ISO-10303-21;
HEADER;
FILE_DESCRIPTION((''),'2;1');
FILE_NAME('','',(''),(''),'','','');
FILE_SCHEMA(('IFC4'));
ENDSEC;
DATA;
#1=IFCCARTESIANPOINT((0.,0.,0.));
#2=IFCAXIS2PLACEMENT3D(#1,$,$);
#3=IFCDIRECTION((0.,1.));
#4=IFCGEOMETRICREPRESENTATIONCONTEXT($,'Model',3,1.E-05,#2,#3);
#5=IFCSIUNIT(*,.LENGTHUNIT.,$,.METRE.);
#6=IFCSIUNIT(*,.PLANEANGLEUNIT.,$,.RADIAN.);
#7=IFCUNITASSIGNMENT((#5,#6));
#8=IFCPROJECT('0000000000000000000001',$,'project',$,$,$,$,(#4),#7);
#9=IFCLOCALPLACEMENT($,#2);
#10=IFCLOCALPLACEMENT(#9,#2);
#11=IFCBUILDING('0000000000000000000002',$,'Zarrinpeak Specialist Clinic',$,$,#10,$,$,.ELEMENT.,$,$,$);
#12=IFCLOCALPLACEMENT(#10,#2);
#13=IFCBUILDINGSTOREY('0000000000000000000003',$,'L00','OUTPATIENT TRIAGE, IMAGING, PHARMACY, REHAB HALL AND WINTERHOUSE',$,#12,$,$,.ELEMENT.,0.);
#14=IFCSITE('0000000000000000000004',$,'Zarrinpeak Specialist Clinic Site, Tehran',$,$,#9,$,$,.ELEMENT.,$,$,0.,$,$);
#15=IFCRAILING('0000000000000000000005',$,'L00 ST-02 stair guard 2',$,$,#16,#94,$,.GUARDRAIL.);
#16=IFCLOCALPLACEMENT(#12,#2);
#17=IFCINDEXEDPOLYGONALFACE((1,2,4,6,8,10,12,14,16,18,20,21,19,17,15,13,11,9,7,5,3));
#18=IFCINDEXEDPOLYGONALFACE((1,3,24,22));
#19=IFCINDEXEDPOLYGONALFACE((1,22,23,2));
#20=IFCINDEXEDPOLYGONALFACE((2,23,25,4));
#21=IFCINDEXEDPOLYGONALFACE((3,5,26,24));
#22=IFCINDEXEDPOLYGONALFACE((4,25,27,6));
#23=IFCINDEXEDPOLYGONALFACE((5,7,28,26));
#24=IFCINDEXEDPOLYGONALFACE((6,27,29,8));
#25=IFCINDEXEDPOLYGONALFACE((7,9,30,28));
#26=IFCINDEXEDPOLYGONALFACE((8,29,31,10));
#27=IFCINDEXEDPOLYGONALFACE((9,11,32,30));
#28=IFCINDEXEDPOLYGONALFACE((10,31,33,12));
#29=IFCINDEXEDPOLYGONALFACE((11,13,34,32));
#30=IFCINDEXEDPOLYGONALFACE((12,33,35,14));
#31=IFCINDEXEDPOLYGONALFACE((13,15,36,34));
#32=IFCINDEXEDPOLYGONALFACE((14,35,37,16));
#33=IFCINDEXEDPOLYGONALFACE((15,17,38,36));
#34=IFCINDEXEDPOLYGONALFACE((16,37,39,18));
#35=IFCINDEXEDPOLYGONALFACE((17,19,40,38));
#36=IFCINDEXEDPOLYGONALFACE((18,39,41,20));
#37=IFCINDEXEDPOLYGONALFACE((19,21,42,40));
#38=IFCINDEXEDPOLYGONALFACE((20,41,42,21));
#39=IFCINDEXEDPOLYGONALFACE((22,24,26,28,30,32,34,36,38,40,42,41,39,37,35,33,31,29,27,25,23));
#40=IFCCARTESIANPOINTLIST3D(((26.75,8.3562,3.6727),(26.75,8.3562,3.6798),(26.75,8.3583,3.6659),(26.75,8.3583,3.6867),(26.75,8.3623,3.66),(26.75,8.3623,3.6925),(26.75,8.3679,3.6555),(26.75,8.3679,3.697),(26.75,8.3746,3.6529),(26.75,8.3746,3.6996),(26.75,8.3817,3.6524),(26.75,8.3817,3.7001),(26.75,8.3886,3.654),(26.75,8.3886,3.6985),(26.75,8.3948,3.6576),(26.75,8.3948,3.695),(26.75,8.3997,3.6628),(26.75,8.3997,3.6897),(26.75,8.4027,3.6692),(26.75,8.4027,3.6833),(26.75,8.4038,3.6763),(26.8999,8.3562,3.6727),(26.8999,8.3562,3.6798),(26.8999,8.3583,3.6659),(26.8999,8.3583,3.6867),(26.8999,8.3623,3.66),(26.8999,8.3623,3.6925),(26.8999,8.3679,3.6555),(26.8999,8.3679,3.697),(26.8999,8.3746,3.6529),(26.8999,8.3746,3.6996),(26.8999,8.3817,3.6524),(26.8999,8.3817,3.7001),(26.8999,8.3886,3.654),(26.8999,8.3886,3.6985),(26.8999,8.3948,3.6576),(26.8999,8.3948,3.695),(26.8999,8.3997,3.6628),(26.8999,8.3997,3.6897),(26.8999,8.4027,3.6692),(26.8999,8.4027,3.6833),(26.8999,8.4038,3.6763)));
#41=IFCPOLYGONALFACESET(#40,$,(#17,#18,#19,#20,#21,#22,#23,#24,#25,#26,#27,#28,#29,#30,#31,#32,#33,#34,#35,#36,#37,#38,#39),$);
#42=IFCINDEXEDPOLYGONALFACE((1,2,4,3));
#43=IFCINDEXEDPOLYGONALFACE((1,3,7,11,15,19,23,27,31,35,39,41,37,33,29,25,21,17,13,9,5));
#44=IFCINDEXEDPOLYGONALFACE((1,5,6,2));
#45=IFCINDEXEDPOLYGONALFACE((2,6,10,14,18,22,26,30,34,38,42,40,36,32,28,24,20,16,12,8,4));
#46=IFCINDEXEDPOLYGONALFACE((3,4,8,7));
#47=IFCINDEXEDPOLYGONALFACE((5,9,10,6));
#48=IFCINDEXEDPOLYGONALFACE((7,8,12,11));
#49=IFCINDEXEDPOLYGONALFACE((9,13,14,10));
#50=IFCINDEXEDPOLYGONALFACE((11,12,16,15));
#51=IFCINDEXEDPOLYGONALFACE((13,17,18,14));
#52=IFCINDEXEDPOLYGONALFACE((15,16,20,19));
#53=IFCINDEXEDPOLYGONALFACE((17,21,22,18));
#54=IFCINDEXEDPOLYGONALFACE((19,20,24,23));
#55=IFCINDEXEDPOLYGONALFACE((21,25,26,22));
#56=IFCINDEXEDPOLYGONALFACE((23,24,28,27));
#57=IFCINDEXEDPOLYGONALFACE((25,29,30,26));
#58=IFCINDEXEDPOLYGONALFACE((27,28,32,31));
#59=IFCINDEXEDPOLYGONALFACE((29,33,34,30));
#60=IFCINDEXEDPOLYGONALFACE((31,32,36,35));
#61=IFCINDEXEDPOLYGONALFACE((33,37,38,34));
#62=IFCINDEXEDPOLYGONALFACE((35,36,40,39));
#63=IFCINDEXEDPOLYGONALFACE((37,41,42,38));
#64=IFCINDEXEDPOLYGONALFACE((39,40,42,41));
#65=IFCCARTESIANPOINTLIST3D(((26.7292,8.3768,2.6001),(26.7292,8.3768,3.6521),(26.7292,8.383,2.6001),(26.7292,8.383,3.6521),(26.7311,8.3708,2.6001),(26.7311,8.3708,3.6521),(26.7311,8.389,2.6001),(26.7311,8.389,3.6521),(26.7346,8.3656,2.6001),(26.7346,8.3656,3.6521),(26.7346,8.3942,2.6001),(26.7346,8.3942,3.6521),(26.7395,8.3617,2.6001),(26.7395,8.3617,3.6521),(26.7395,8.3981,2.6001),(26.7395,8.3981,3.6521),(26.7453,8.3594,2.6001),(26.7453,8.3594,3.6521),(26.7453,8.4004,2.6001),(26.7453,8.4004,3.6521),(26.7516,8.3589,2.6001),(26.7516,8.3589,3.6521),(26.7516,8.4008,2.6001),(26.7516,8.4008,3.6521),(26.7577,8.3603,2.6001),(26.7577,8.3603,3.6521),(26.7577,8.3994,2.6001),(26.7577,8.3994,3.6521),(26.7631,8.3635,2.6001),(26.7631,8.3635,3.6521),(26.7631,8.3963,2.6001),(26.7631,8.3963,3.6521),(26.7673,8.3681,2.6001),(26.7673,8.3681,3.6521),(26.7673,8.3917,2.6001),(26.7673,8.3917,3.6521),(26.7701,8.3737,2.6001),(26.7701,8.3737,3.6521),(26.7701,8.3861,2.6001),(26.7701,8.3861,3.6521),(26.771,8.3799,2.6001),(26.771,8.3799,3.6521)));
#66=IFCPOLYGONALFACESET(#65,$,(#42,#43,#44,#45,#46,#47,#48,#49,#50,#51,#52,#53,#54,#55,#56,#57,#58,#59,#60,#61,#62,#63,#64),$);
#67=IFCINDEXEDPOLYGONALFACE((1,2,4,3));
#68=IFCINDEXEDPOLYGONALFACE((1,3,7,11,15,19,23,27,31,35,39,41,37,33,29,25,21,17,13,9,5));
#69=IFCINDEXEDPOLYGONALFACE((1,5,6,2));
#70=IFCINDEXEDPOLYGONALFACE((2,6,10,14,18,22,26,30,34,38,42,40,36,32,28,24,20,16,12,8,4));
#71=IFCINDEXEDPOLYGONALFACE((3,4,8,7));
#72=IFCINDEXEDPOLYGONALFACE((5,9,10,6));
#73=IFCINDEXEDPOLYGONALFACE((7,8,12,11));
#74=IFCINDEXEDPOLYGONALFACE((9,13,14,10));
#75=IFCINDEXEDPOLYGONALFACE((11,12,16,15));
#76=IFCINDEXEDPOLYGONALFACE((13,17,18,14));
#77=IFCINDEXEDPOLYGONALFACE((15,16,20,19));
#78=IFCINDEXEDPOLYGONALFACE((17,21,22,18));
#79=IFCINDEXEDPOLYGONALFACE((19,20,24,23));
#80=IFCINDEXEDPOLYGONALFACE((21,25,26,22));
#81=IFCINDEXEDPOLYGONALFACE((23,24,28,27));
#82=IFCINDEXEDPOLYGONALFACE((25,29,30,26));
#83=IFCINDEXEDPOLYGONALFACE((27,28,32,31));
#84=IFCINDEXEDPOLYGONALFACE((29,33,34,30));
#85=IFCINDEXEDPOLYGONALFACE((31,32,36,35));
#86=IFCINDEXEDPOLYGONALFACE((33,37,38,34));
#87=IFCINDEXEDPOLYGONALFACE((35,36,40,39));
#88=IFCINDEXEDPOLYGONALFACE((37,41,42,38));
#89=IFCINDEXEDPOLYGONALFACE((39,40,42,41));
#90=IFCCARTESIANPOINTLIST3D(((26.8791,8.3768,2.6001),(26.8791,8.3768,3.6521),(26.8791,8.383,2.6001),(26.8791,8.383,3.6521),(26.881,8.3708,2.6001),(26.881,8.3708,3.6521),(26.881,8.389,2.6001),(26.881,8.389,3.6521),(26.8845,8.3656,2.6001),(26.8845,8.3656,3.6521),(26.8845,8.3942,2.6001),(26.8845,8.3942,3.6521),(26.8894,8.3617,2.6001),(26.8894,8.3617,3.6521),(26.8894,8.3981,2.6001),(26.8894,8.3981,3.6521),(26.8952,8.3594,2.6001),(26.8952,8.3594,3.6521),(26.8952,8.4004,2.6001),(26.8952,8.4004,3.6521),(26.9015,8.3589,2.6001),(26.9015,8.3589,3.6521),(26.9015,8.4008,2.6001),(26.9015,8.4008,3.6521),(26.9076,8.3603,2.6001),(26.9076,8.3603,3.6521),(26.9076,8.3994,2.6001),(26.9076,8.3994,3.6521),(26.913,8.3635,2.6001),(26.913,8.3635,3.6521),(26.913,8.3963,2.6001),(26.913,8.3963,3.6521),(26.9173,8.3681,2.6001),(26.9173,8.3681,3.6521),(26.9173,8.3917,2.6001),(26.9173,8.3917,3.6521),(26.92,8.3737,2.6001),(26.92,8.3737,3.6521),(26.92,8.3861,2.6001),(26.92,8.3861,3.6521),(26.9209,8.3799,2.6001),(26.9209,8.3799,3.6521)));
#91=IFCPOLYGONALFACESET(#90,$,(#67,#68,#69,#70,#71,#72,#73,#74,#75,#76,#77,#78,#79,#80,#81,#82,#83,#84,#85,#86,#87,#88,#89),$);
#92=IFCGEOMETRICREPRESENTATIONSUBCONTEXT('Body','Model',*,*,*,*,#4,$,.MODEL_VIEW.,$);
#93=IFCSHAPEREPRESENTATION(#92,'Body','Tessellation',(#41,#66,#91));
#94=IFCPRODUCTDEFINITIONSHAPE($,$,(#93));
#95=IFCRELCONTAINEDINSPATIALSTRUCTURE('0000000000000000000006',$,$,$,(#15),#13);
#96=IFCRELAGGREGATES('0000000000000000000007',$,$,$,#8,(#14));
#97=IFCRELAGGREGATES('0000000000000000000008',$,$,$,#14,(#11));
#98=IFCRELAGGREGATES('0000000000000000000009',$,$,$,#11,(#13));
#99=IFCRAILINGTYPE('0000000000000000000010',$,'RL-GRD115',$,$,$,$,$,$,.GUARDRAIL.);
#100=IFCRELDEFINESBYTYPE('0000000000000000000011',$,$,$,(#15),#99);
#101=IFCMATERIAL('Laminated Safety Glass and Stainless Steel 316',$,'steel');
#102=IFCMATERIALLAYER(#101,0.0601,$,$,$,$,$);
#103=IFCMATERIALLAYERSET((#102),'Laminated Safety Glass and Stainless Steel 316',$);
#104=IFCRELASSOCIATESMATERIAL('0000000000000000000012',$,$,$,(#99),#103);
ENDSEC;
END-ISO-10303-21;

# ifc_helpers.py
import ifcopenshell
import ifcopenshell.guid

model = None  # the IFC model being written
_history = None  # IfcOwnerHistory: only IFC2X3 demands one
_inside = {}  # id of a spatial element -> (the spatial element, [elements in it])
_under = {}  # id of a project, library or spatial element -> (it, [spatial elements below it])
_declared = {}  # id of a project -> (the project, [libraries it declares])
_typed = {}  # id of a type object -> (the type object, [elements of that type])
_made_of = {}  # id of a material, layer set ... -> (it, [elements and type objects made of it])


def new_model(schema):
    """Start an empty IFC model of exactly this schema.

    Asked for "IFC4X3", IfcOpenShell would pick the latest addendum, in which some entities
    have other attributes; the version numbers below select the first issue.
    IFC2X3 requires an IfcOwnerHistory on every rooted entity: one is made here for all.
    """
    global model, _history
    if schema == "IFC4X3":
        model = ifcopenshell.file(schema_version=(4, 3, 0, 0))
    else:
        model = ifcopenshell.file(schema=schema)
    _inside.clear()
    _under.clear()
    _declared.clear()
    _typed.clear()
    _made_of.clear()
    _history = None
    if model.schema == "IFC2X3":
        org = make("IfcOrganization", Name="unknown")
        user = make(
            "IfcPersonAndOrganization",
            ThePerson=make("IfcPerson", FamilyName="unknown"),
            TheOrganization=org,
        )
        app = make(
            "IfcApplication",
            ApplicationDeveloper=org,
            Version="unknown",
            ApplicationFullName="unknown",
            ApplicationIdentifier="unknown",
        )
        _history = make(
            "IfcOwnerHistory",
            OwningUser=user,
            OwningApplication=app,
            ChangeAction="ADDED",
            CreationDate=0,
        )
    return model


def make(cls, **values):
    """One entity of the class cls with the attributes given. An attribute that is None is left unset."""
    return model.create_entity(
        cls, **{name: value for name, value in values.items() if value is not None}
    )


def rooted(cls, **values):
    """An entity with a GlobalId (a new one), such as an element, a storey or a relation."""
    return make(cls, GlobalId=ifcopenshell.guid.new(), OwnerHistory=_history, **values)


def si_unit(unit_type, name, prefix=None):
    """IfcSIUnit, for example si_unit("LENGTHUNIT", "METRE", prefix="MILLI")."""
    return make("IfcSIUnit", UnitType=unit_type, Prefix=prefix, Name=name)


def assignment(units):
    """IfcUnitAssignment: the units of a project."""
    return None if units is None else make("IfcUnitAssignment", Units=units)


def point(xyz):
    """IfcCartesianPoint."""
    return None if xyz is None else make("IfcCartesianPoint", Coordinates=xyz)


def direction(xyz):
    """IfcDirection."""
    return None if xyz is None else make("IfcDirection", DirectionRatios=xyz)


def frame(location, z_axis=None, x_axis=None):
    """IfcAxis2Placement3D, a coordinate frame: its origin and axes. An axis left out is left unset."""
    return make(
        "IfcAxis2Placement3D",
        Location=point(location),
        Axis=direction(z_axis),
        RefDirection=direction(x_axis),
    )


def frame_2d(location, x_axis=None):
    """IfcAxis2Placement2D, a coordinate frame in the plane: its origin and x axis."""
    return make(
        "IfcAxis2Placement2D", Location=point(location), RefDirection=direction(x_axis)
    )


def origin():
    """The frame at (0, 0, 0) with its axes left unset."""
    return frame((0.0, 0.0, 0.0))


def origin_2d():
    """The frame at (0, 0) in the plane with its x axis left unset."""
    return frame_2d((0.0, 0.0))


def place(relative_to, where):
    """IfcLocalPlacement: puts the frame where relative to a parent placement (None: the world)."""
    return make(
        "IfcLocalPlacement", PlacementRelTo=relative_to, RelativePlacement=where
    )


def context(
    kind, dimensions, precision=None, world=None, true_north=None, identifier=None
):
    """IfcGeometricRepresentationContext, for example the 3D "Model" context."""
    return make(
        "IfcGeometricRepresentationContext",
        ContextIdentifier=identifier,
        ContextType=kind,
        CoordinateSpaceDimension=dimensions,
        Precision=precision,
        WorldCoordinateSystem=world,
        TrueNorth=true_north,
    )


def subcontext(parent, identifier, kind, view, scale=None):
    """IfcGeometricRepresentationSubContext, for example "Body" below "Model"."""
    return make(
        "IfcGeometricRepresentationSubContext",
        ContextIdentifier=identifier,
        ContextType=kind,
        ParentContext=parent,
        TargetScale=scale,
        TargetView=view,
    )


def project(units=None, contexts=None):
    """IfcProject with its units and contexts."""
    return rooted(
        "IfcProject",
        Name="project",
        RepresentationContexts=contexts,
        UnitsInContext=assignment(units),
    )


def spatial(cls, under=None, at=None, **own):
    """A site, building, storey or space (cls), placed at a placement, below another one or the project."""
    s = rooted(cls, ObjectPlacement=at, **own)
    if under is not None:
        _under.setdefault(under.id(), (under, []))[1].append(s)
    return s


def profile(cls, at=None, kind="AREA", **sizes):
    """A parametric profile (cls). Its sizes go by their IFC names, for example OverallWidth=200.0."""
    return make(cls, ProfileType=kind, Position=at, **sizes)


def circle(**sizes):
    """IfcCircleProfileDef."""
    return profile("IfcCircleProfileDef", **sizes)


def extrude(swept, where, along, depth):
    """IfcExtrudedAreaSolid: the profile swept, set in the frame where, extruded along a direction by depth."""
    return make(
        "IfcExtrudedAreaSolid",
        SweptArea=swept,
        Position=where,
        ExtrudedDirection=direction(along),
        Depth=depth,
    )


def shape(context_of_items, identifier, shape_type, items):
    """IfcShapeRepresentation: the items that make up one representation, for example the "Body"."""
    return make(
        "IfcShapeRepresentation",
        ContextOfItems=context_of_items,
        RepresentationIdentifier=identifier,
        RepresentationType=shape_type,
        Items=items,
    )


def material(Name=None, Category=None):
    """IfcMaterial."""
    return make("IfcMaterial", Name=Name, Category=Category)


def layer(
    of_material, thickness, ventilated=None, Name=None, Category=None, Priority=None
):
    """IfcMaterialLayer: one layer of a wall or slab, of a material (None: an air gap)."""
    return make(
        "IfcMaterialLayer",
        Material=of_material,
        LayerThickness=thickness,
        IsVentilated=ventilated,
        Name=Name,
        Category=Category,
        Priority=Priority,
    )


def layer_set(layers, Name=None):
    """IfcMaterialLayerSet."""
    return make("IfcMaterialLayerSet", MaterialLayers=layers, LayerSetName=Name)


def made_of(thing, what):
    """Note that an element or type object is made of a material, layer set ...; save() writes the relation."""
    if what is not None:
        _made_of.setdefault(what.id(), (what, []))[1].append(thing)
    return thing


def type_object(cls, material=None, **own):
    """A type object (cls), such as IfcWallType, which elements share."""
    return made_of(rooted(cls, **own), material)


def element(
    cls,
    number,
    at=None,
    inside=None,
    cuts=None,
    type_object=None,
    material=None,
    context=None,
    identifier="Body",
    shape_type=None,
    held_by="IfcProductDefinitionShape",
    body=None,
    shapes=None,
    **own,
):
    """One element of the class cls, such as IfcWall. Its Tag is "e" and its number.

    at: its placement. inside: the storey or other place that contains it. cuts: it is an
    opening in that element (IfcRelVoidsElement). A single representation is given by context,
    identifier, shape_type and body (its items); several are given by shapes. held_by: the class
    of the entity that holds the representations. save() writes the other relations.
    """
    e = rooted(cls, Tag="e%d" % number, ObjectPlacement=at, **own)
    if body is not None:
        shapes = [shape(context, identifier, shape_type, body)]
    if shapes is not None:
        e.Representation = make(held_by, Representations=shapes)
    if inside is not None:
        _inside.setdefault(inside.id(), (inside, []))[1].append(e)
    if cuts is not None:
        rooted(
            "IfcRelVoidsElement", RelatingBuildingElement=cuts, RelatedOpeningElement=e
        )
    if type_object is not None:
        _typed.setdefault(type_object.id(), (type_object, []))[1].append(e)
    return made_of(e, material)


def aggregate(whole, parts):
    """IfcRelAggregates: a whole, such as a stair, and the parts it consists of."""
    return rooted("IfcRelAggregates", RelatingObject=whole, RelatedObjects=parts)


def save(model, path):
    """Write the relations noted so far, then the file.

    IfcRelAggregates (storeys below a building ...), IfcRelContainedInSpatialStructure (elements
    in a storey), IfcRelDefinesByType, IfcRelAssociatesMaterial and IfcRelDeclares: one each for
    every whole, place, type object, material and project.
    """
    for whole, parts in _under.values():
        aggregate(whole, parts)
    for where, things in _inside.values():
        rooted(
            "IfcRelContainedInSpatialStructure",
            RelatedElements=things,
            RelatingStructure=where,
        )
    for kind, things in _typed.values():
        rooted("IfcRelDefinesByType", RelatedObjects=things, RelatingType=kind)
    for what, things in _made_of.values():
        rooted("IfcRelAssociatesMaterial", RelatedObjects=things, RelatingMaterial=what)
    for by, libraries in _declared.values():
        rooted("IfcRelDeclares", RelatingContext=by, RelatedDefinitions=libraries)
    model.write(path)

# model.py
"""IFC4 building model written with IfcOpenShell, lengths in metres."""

from ifc_helpers import new_model, si_unit, direction, frame, origin, origin_2d, place, context, subcontext, project, spatial, circle, extrude, material, layer, layer_set, type_object, element, save


model = new_model("IFC4")

# Units and contexts
model_context = context("Model", 3, precision=1e-05, world=origin(), true_north=direction((0.0, 1.0)))
body_context = subcontext(model_context, "Body", "Model", "MODEL_VIEW")
ifc_project = project(units=[si_unit("LENGTHUNIT", "METRE"), si_unit("PLANEANGLEUNIT", "RADIAN")], contexts=[model_context])

# Site, building, storey
site_placement = place(None, origin())
site = spatial("IfcSite", under=ifc_project, at=site_placement, Name="Zarrinpeak Specialist Clinic Site, Tehran", CompositionType="ELEMENT", RefElevation=0.0)
building_placement = place(site_placement, origin())
building = spatial("IfcBuilding", under=site, at=building_placement, Name="Zarrinpeak Specialist Clinic", CompositionType="ELEMENT")
storey_placement = place(building_placement, origin())
storey = spatial("IfcBuildingStorey", under=building, at=storey_placement, Name="L00", Description="OUTPATIENT TRIAGE, IMAGING, PHARMACY, REHAB HALL AND WINTERHOUSE", CompositionType="ELEMENT", Elevation=0.0)

# Railing
ifc_material_1 = material(Name="Laminated Safety Glass and Stainless Steel 316", Category="steel")
ifc_layer_1 = layer(ifc_material_1, 0.0601)
ifc_layer_set_1 = layer_set([ifc_layer_1], Name="Laminated Safety Glass and Stainless Steel 316")
railing_type_1 = type_object("IfcRailingType", Name="RL-GRD115", PredefinedType="GUARDRAIL", material=ifc_layer_set_1)
railing_1_placement = place(storey_placement, frame((26.75, 8.3799, 2.6001)))
element("IfcRailing", 1, at=railing_1_placement, inside=storey, type_object=railing_type_1, Name="L00 ST-02 stair guard 2", PredefinedType="GUARDRAIL", context=body_context, shape_type="SweptSolid", body=[
    extrude(circle(Radius=0.0239, at=origin_2d()), frame((0.0, 0.0, 1.0762), z_axis=(1.0, 0.0, 0.0), x_axis=(0.0, 1.0, 0.0)), (0.0, 0.0, 1.0), 0.1499),
    extrude(circle(Radius=0.021, at=origin_2d()), origin(), (0.0, 0.0, 1.0), 1.052),
    extrude(circle(Radius=0.021, at=origin_2d()), frame((0.1499, 0.0, 0.0)), (0.0, 0.0, 1.0), 1.052),
])

save(model, "model.ifc")
